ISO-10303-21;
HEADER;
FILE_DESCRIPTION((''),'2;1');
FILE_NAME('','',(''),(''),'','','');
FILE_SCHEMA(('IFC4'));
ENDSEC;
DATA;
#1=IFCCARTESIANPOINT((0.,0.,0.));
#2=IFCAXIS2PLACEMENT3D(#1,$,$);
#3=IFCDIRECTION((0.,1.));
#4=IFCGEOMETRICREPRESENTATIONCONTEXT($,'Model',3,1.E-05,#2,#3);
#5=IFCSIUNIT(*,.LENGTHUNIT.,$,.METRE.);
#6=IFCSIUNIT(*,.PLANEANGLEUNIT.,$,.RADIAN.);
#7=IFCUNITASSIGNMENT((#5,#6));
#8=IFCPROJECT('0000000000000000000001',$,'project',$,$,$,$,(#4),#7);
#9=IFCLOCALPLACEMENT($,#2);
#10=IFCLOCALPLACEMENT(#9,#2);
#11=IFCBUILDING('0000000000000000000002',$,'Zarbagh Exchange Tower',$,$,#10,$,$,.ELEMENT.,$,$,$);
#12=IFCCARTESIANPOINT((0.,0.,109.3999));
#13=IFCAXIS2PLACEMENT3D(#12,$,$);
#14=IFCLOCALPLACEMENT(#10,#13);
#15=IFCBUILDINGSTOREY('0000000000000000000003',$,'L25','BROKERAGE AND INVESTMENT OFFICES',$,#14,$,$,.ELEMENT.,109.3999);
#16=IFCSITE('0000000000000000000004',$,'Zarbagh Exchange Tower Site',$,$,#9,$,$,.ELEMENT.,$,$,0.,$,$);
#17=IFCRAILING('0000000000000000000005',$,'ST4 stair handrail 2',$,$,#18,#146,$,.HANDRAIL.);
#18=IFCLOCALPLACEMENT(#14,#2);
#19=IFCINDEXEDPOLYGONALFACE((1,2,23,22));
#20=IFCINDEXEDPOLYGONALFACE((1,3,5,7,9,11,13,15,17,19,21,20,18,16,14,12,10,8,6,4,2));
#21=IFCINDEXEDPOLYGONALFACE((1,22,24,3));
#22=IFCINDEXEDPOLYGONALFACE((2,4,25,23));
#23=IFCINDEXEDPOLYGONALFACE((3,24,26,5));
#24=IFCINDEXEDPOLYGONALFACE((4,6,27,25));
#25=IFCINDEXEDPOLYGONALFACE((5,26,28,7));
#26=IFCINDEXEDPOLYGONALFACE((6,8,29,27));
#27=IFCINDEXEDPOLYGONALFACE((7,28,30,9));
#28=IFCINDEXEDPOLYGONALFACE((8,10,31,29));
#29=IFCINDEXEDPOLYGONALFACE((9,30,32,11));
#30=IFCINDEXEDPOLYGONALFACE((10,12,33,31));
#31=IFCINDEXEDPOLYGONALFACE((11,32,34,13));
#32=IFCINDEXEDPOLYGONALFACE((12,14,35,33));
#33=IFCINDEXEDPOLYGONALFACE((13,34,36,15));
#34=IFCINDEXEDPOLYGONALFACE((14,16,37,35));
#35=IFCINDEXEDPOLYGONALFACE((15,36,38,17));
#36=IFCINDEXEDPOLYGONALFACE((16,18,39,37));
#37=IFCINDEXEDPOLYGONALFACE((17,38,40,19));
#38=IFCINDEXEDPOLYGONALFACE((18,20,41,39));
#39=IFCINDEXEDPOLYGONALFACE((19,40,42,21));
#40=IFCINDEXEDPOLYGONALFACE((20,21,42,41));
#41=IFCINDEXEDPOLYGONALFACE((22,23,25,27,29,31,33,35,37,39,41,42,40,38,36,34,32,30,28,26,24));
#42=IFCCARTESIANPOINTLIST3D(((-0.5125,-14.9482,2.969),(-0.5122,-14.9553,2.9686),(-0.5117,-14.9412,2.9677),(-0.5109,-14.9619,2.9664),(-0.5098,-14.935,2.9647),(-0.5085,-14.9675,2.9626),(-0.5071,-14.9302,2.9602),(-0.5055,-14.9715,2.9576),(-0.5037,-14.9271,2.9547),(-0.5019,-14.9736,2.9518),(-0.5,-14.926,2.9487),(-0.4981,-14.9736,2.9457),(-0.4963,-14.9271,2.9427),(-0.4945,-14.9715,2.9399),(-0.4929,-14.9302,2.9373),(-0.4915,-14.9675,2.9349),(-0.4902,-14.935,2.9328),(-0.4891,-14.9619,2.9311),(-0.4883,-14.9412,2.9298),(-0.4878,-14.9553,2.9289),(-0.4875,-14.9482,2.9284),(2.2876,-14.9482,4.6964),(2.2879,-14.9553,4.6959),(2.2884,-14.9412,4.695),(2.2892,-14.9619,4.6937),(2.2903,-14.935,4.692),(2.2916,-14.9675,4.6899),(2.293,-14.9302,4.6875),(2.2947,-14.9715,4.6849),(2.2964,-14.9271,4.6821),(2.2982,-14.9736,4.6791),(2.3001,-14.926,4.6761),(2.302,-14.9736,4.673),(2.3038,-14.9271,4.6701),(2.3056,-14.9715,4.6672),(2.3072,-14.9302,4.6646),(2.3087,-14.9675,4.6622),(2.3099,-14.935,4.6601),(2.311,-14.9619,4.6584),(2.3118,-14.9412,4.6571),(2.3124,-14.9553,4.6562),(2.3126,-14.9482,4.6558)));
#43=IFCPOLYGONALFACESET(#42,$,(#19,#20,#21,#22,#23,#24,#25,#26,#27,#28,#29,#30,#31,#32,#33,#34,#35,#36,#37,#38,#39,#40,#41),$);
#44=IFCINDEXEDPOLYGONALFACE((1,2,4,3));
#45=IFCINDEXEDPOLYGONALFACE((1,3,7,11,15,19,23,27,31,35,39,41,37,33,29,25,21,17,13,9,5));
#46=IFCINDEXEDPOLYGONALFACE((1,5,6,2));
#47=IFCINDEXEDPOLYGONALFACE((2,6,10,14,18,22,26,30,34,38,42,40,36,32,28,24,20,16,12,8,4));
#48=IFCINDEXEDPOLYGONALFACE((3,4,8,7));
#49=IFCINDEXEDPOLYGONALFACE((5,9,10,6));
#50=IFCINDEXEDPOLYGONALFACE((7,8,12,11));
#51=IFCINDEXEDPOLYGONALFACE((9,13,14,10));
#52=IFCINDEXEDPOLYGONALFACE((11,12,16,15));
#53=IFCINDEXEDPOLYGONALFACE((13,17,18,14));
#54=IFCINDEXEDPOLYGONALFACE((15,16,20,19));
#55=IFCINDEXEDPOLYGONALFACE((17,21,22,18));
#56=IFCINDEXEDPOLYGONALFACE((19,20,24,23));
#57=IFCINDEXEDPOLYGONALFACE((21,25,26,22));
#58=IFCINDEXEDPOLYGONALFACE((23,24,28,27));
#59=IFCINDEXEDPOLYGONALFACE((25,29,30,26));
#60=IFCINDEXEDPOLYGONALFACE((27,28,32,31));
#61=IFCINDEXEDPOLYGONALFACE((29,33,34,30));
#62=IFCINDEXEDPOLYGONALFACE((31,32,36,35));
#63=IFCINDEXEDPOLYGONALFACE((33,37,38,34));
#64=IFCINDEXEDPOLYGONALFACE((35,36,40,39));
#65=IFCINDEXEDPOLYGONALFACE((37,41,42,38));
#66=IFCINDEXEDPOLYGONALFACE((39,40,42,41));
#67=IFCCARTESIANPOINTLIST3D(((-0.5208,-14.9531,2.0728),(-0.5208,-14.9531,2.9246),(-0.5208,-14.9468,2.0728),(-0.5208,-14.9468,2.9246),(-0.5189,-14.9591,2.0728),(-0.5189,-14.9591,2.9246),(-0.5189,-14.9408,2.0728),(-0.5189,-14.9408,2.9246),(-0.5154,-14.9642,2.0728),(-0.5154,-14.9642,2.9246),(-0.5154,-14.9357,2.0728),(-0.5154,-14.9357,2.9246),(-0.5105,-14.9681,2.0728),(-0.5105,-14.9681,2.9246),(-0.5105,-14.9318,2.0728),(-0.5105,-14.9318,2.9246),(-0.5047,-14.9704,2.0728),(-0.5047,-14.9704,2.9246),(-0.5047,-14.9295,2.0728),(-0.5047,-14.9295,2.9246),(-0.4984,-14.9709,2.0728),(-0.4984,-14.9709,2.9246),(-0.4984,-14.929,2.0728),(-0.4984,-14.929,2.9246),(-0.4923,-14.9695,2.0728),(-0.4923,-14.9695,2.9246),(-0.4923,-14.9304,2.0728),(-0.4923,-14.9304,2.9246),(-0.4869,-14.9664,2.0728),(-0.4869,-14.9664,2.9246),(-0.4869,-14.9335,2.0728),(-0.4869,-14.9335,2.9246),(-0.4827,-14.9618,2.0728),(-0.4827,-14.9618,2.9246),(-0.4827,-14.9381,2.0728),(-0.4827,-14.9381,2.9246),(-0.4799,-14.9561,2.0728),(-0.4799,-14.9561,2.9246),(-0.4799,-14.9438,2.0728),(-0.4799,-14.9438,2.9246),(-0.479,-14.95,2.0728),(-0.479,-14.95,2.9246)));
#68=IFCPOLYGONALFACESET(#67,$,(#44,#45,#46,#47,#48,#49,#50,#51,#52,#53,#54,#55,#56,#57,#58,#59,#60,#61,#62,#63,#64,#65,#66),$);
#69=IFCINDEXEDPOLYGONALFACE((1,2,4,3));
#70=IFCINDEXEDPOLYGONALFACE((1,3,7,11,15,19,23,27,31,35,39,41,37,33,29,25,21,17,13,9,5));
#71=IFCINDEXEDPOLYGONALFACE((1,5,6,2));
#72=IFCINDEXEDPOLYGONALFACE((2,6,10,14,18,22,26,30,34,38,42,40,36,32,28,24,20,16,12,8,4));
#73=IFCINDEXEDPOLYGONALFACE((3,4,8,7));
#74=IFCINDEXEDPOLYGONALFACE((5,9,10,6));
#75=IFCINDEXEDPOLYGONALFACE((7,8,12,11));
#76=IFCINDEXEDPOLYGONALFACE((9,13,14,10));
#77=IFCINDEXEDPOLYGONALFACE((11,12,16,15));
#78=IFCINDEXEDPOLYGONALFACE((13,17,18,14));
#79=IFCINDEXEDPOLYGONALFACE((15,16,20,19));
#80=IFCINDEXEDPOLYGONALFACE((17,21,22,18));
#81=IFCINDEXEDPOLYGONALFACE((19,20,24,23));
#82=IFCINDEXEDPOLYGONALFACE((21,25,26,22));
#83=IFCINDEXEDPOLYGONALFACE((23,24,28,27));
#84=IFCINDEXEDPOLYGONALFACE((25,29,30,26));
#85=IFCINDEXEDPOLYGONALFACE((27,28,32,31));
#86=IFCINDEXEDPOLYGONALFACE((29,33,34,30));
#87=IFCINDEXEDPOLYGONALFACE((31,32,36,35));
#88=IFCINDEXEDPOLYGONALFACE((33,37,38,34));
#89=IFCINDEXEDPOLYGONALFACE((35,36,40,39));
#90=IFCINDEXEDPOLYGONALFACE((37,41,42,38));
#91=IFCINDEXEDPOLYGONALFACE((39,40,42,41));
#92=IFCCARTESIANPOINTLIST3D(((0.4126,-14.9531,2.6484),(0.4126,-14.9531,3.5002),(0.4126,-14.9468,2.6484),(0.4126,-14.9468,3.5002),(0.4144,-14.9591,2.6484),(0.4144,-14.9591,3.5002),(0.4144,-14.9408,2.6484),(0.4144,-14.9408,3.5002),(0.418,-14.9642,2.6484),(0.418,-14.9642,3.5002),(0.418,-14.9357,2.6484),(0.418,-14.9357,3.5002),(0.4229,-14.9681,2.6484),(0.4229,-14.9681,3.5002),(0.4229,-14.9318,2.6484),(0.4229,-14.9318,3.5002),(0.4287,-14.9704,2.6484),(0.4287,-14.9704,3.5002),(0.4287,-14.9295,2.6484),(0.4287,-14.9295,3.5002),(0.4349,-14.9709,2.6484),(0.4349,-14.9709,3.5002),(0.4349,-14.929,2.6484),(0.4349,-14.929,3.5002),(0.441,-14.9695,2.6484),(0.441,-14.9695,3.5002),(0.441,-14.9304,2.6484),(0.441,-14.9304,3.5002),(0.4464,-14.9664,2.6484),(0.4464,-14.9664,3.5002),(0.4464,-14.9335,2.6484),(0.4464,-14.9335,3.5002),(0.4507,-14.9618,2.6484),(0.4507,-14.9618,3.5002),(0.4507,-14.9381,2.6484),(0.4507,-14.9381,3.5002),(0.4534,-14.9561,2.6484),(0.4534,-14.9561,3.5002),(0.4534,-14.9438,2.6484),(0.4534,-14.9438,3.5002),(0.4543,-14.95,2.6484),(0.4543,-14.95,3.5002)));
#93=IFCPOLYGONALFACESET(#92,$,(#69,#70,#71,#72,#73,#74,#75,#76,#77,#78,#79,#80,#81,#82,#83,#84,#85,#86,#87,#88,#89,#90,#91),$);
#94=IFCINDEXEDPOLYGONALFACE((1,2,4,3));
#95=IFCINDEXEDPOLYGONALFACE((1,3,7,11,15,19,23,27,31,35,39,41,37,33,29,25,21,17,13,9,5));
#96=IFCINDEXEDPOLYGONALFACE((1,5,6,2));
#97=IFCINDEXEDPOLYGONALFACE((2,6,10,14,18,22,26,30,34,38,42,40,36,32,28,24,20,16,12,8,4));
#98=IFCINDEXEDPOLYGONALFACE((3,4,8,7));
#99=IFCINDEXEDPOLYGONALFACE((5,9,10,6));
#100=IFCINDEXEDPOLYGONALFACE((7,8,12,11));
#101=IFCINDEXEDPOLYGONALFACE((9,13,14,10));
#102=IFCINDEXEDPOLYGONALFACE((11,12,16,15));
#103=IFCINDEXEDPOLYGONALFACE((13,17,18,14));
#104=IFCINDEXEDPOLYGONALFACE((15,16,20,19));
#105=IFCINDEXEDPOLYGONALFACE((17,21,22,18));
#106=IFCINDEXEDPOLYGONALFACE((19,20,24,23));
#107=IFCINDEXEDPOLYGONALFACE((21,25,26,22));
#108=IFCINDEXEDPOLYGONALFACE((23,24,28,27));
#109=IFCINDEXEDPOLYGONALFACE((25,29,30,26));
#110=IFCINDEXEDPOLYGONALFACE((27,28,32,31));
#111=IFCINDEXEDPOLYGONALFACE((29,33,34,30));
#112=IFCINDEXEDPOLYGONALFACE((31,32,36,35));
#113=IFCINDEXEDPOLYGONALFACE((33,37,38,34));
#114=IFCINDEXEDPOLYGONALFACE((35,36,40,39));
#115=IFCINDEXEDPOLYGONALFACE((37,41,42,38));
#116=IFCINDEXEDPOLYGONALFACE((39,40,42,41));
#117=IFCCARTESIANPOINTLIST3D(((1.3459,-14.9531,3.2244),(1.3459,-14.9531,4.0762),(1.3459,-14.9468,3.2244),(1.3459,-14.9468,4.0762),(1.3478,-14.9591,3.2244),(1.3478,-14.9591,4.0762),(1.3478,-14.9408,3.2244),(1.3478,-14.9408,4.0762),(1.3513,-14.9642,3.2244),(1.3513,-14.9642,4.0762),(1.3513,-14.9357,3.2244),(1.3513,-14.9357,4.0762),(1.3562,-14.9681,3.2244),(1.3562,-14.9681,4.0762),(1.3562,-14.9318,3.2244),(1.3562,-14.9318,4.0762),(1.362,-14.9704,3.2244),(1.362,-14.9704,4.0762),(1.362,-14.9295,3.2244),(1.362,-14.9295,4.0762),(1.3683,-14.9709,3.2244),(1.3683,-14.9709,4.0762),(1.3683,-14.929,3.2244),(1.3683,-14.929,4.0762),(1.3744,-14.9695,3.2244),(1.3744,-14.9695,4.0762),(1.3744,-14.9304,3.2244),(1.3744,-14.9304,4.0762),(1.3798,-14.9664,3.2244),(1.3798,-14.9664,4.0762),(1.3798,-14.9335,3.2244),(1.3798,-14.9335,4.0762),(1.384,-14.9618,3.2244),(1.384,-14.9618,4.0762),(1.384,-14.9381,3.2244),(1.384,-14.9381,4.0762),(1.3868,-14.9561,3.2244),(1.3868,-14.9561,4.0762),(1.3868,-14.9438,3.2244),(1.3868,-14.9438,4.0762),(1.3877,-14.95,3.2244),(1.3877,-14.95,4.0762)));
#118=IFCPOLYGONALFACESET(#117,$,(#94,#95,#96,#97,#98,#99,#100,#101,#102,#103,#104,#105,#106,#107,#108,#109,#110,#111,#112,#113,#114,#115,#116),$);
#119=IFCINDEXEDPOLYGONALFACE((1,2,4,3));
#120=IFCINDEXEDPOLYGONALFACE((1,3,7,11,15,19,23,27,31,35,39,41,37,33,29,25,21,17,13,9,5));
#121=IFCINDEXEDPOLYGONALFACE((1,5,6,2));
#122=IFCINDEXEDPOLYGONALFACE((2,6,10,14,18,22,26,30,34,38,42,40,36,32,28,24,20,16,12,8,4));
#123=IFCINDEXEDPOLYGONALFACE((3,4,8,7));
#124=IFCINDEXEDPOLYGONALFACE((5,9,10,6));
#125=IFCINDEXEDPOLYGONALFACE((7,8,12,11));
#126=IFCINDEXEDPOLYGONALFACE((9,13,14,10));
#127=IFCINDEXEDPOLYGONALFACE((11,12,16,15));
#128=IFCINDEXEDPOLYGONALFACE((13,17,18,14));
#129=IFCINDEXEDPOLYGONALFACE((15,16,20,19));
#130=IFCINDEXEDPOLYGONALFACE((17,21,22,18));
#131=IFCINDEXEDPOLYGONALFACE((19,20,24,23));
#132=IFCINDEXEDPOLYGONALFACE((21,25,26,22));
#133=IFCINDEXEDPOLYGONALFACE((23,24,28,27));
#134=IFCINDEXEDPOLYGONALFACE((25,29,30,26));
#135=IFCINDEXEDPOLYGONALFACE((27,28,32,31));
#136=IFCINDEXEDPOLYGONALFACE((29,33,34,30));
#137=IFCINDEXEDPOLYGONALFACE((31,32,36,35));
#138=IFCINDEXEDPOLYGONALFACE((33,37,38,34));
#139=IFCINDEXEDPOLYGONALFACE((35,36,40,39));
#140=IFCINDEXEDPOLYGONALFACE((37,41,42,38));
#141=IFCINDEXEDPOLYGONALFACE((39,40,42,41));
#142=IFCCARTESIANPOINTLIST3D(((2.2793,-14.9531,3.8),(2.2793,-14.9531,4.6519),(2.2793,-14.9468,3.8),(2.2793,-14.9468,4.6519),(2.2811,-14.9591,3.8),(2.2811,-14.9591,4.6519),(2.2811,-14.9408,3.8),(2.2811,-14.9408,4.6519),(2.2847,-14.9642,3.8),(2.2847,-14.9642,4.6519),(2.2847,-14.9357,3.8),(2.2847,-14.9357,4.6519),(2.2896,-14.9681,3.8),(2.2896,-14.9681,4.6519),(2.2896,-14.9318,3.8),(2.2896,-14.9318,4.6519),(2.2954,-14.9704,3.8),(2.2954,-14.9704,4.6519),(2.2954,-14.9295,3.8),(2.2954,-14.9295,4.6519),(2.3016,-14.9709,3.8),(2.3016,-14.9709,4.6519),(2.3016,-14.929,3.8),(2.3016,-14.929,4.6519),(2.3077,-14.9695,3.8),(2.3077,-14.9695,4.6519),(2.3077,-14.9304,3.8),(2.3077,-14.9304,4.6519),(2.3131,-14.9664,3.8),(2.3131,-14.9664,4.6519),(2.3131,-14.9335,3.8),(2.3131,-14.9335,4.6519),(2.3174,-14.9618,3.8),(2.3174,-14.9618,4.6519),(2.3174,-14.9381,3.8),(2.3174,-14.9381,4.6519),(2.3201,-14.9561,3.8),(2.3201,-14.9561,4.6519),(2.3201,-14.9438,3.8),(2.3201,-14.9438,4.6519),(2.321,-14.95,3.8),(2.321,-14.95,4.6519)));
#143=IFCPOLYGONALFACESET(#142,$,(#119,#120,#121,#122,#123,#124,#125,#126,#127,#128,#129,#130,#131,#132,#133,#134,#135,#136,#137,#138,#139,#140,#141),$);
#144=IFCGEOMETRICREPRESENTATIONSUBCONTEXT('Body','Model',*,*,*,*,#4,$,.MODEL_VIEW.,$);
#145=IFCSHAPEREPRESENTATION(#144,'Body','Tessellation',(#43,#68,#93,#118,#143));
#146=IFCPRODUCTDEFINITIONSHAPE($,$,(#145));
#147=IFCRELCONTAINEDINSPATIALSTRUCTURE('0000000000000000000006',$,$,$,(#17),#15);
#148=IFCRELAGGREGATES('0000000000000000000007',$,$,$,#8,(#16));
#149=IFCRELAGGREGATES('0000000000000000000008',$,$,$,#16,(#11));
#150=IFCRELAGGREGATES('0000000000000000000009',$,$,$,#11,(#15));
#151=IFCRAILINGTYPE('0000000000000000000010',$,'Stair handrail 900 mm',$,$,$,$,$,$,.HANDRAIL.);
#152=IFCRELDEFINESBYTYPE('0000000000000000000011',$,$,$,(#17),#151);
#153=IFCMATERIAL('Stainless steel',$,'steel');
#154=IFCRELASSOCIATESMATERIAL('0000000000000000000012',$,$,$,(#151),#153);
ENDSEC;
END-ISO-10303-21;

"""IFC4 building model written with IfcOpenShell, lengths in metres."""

from ifc_helpers import new_model, si_unit, direction, frame, origin, origin_2d, place, context, subcontext, project, spatial, circle, extrude, material, type_object, element, save


model = new_model("IFC4")

# Units and contexts
model_context = context("Model", 3, precision=1e-05, world=origin(), true_north=direction((0.0, 1.0)))
body_context = subcontext(model_context, "Body", "Model", "MODEL_VIEW")
ifc_project = project(units=[si_unit("LENGTHUNIT", "METRE"), si_unit("PLANEANGLEUNIT", "RADIAN")], contexts=[model_context])

# Site, building, storey
site_placement = place(None, origin())
site = spatial("IfcSite", under=ifc_project, at=site_placement, Name="Zarbagh Exchange Tower Site", CompositionType="ELEMENT", RefElevation=0.0)
building_placement = place(site_placement, origin())
building = spatial("IfcBuilding", under=site, at=building_placement, Name="Zarbagh Exchange Tower", CompositionType="ELEMENT")
storey_placement = place(building_placement, frame((0.0, 0.0, 109.3999)))
storey = spatial("IfcBuildingStorey", under=building, at=storey_placement, Name="L25", Description="BROKERAGE AND INVESTMENT OFFICES", CompositionType="ELEMENT", Elevation=109.3999)

# Shared definitions
ifc_material_1 = material(Name="Stainless steel", Category="steel")

# Railing
railing_type = type_object("IfcRailingType", Name="Stair handrail 900 mm", PredefinedType="HANDRAIL", material=ifc_material_1)
for number, where, name in (
    (1, (-0.5, -14.95, 2.0728), "ST4 stair handrail 2"),
):
    element("IfcRailing", number, at=place(storey_placement, frame(where)), inside=storey, type_object=railing_type, Name=name, PredefinedType="HANDRAIL", context=body_context, shape_type="SweptSolid", body=[
        extrude(circle(Radius=0.0239, at=origin_2d()), frame((0.0, 0.0, 0.876), z_axis=(0.85109, 0.0, 0.52502), x_axis=(0.0, 1.0, 0.0)), (0.0, 0.0, 1.0), 3.29),
        extrude(circle(Radius=0.021, at=origin_2d()), origin(), (0.0, 0.0, 1.0), 0.8518),
        extrude(circle(Radius=0.021, at=origin_2d()), frame((0.9333, 0.0, 0.5757)), (0.0, 0.0, 1.0), 0.8518),
        extrude(circle(Radius=0.021, at=origin_2d()), frame((1.8667, 0.0, 1.1516)), (0.0, 0.0, 1.0), 0.8518),
        extrude(circle(Radius=0.021, at=origin_2d()), frame((2.8, 0.0, 1.7273)), (0.0, 0.0, 1.0), 0.8518),
    ])

save(model, "model.ifc")
